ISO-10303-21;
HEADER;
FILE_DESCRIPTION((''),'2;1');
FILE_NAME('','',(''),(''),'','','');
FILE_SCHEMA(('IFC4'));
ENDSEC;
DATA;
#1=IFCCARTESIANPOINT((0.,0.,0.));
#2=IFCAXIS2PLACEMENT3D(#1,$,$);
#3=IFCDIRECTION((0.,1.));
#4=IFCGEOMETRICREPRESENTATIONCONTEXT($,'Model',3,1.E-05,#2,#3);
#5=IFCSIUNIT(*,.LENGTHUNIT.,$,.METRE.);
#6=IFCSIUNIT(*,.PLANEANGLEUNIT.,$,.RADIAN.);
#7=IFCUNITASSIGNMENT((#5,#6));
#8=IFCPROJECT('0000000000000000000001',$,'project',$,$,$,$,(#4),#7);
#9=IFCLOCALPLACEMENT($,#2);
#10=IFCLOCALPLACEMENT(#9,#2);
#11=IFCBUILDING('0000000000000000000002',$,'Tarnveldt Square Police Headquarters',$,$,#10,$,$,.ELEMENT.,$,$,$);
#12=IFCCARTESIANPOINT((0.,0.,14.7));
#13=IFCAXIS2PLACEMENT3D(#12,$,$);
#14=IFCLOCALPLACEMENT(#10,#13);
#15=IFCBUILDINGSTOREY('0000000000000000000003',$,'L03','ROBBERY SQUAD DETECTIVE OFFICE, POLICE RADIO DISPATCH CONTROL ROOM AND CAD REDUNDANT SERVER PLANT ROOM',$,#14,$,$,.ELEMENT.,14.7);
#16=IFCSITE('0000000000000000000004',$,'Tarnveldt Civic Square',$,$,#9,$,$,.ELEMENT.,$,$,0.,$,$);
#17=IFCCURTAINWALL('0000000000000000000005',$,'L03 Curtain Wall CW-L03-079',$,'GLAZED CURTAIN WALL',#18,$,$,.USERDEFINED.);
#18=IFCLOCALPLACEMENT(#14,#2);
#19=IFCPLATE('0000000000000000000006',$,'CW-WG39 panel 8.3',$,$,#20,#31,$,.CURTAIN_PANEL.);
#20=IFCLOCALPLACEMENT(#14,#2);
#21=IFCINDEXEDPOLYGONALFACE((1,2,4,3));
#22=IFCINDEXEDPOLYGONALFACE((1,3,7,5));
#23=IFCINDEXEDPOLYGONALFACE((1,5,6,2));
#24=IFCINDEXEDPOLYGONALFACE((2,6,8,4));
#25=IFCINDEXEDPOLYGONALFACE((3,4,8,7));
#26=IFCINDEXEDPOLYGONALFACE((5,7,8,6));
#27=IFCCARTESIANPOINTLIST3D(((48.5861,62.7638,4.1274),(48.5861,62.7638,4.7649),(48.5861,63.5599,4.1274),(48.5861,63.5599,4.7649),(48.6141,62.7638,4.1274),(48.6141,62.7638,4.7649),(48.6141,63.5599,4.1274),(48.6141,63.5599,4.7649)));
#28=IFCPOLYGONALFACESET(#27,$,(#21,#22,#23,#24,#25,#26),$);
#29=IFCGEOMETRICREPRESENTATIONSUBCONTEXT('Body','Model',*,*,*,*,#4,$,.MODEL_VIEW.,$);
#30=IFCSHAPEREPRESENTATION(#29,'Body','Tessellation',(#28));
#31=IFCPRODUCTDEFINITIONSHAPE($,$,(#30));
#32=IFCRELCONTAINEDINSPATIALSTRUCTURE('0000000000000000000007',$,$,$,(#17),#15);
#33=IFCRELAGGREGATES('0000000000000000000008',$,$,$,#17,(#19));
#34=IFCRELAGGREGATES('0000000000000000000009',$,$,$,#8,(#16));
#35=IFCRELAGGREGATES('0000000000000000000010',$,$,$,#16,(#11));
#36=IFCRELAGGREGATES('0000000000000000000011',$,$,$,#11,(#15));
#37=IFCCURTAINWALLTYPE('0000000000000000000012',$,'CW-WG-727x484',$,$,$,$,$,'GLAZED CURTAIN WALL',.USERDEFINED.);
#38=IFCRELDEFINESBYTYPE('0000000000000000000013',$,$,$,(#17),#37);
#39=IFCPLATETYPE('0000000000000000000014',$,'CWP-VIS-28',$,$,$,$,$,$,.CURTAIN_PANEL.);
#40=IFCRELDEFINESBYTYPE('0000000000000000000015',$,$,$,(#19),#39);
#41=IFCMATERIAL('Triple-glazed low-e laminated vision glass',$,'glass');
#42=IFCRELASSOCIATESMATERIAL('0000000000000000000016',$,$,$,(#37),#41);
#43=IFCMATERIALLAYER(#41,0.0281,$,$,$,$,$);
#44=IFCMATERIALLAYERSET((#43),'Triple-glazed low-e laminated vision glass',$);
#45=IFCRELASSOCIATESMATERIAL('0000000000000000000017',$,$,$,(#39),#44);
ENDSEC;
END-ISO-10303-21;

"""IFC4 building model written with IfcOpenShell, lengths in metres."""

from ifc_helpers import new_model, si_unit, direction, frame, origin, origin_2d, place, context, subcontext, project, spatial, rectangle, extrude, material, layer, layer_set, type_object, element, aggregate, save


model = new_model("IFC4")

# Units and contexts
model_context = context("Model", 3, precision=1e-05, world=origin(), true_north=direction((0.0, 1.0)))
body_context = subcontext(model_context, "Body", "Model", "MODEL_VIEW")
ifc_project = project(units=[si_unit("LENGTHUNIT", "METRE"), si_unit("PLANEANGLEUNIT", "RADIAN")], contexts=[model_context])

# Site, building, storey
site_placement = place(None, origin())
site = spatial("IfcSite", under=ifc_project, at=site_placement, Name="Tarnveldt Civic Square", CompositionType="ELEMENT", RefElevation=0.0)
building_placement = place(site_placement, origin())
building = spatial("IfcBuilding", under=site, at=building_placement, Name="Tarnveldt Square Police Headquarters", CompositionType="ELEMENT")
storey_placement = place(building_placement, frame((0.0, 0.0, 14.7)))
storey = spatial("IfcBuildingStorey", under=building, at=storey_placement, Name="L03", Description="ROBBERY SQUAD DETECTIVE OFFICE, POLICE RADIO DISPATCH CONTROL ROOM AND CAD REDUNDANT SERVER PLANT ROOM", CompositionType="ELEMENT", Elevation=14.7)

# Curtain wall
ifc_material_1 = material(Name="Triple-glazed low-e laminated vision glass", Category="glass")
curtain_wall_type = type_object("IfcCurtainWallType", Name="CW-WG-727x484", ElementType="GLAZED CURTAIN WALL", PredefinedType="USERDEFINED", material=ifc_material_1)
curtain_wall_1_placement = place(storey_placement, origin())
curtain_wall_1 = element("IfcCurtainWall", 1, at=curtain_wall_1_placement, inside=storey, type_object=curtain_wall_type, Name="L03 Curtain Wall CW-L03-079", ObjectType="GLAZED CURTAIN WALL", PredefinedType="USERDEFINED")

# Plate
ifc_layer = layer(ifc_material_1, 0.0281)
ifc_layer_set = layer_set([ifc_layer], Name="Triple-glazed low-e laminated vision glass")
plate_type = type_object("IfcPlateType", Name="CWP-VIS-28", PredefinedType="CURTAIN_PANEL", material=ifc_layer_set)
plate_1_placement = place(storey_placement, frame((48.6001, 63.1619, 4.1274), z_axis=(0.0, 0.0, 1.0), x_axis=(0.0, 1.0, 0.0)))
plate_1 = element("IfcPlate", 2, at=plate_1_placement, type_object=plate_type, Name="CW-WG39 panel 8.3", PredefinedType="CURTAIN_PANEL", context=body_context, shape_type="SweptSolid", body=[
    extrude(rectangle(XDim=0.7961, YDim=0.0281, at=origin_2d()), origin(), (0.0, 0.0, 1.0), 0.6375),
])
aggregate(curtain_wall_1, [plate_1])

save(model, "model.ifc")
